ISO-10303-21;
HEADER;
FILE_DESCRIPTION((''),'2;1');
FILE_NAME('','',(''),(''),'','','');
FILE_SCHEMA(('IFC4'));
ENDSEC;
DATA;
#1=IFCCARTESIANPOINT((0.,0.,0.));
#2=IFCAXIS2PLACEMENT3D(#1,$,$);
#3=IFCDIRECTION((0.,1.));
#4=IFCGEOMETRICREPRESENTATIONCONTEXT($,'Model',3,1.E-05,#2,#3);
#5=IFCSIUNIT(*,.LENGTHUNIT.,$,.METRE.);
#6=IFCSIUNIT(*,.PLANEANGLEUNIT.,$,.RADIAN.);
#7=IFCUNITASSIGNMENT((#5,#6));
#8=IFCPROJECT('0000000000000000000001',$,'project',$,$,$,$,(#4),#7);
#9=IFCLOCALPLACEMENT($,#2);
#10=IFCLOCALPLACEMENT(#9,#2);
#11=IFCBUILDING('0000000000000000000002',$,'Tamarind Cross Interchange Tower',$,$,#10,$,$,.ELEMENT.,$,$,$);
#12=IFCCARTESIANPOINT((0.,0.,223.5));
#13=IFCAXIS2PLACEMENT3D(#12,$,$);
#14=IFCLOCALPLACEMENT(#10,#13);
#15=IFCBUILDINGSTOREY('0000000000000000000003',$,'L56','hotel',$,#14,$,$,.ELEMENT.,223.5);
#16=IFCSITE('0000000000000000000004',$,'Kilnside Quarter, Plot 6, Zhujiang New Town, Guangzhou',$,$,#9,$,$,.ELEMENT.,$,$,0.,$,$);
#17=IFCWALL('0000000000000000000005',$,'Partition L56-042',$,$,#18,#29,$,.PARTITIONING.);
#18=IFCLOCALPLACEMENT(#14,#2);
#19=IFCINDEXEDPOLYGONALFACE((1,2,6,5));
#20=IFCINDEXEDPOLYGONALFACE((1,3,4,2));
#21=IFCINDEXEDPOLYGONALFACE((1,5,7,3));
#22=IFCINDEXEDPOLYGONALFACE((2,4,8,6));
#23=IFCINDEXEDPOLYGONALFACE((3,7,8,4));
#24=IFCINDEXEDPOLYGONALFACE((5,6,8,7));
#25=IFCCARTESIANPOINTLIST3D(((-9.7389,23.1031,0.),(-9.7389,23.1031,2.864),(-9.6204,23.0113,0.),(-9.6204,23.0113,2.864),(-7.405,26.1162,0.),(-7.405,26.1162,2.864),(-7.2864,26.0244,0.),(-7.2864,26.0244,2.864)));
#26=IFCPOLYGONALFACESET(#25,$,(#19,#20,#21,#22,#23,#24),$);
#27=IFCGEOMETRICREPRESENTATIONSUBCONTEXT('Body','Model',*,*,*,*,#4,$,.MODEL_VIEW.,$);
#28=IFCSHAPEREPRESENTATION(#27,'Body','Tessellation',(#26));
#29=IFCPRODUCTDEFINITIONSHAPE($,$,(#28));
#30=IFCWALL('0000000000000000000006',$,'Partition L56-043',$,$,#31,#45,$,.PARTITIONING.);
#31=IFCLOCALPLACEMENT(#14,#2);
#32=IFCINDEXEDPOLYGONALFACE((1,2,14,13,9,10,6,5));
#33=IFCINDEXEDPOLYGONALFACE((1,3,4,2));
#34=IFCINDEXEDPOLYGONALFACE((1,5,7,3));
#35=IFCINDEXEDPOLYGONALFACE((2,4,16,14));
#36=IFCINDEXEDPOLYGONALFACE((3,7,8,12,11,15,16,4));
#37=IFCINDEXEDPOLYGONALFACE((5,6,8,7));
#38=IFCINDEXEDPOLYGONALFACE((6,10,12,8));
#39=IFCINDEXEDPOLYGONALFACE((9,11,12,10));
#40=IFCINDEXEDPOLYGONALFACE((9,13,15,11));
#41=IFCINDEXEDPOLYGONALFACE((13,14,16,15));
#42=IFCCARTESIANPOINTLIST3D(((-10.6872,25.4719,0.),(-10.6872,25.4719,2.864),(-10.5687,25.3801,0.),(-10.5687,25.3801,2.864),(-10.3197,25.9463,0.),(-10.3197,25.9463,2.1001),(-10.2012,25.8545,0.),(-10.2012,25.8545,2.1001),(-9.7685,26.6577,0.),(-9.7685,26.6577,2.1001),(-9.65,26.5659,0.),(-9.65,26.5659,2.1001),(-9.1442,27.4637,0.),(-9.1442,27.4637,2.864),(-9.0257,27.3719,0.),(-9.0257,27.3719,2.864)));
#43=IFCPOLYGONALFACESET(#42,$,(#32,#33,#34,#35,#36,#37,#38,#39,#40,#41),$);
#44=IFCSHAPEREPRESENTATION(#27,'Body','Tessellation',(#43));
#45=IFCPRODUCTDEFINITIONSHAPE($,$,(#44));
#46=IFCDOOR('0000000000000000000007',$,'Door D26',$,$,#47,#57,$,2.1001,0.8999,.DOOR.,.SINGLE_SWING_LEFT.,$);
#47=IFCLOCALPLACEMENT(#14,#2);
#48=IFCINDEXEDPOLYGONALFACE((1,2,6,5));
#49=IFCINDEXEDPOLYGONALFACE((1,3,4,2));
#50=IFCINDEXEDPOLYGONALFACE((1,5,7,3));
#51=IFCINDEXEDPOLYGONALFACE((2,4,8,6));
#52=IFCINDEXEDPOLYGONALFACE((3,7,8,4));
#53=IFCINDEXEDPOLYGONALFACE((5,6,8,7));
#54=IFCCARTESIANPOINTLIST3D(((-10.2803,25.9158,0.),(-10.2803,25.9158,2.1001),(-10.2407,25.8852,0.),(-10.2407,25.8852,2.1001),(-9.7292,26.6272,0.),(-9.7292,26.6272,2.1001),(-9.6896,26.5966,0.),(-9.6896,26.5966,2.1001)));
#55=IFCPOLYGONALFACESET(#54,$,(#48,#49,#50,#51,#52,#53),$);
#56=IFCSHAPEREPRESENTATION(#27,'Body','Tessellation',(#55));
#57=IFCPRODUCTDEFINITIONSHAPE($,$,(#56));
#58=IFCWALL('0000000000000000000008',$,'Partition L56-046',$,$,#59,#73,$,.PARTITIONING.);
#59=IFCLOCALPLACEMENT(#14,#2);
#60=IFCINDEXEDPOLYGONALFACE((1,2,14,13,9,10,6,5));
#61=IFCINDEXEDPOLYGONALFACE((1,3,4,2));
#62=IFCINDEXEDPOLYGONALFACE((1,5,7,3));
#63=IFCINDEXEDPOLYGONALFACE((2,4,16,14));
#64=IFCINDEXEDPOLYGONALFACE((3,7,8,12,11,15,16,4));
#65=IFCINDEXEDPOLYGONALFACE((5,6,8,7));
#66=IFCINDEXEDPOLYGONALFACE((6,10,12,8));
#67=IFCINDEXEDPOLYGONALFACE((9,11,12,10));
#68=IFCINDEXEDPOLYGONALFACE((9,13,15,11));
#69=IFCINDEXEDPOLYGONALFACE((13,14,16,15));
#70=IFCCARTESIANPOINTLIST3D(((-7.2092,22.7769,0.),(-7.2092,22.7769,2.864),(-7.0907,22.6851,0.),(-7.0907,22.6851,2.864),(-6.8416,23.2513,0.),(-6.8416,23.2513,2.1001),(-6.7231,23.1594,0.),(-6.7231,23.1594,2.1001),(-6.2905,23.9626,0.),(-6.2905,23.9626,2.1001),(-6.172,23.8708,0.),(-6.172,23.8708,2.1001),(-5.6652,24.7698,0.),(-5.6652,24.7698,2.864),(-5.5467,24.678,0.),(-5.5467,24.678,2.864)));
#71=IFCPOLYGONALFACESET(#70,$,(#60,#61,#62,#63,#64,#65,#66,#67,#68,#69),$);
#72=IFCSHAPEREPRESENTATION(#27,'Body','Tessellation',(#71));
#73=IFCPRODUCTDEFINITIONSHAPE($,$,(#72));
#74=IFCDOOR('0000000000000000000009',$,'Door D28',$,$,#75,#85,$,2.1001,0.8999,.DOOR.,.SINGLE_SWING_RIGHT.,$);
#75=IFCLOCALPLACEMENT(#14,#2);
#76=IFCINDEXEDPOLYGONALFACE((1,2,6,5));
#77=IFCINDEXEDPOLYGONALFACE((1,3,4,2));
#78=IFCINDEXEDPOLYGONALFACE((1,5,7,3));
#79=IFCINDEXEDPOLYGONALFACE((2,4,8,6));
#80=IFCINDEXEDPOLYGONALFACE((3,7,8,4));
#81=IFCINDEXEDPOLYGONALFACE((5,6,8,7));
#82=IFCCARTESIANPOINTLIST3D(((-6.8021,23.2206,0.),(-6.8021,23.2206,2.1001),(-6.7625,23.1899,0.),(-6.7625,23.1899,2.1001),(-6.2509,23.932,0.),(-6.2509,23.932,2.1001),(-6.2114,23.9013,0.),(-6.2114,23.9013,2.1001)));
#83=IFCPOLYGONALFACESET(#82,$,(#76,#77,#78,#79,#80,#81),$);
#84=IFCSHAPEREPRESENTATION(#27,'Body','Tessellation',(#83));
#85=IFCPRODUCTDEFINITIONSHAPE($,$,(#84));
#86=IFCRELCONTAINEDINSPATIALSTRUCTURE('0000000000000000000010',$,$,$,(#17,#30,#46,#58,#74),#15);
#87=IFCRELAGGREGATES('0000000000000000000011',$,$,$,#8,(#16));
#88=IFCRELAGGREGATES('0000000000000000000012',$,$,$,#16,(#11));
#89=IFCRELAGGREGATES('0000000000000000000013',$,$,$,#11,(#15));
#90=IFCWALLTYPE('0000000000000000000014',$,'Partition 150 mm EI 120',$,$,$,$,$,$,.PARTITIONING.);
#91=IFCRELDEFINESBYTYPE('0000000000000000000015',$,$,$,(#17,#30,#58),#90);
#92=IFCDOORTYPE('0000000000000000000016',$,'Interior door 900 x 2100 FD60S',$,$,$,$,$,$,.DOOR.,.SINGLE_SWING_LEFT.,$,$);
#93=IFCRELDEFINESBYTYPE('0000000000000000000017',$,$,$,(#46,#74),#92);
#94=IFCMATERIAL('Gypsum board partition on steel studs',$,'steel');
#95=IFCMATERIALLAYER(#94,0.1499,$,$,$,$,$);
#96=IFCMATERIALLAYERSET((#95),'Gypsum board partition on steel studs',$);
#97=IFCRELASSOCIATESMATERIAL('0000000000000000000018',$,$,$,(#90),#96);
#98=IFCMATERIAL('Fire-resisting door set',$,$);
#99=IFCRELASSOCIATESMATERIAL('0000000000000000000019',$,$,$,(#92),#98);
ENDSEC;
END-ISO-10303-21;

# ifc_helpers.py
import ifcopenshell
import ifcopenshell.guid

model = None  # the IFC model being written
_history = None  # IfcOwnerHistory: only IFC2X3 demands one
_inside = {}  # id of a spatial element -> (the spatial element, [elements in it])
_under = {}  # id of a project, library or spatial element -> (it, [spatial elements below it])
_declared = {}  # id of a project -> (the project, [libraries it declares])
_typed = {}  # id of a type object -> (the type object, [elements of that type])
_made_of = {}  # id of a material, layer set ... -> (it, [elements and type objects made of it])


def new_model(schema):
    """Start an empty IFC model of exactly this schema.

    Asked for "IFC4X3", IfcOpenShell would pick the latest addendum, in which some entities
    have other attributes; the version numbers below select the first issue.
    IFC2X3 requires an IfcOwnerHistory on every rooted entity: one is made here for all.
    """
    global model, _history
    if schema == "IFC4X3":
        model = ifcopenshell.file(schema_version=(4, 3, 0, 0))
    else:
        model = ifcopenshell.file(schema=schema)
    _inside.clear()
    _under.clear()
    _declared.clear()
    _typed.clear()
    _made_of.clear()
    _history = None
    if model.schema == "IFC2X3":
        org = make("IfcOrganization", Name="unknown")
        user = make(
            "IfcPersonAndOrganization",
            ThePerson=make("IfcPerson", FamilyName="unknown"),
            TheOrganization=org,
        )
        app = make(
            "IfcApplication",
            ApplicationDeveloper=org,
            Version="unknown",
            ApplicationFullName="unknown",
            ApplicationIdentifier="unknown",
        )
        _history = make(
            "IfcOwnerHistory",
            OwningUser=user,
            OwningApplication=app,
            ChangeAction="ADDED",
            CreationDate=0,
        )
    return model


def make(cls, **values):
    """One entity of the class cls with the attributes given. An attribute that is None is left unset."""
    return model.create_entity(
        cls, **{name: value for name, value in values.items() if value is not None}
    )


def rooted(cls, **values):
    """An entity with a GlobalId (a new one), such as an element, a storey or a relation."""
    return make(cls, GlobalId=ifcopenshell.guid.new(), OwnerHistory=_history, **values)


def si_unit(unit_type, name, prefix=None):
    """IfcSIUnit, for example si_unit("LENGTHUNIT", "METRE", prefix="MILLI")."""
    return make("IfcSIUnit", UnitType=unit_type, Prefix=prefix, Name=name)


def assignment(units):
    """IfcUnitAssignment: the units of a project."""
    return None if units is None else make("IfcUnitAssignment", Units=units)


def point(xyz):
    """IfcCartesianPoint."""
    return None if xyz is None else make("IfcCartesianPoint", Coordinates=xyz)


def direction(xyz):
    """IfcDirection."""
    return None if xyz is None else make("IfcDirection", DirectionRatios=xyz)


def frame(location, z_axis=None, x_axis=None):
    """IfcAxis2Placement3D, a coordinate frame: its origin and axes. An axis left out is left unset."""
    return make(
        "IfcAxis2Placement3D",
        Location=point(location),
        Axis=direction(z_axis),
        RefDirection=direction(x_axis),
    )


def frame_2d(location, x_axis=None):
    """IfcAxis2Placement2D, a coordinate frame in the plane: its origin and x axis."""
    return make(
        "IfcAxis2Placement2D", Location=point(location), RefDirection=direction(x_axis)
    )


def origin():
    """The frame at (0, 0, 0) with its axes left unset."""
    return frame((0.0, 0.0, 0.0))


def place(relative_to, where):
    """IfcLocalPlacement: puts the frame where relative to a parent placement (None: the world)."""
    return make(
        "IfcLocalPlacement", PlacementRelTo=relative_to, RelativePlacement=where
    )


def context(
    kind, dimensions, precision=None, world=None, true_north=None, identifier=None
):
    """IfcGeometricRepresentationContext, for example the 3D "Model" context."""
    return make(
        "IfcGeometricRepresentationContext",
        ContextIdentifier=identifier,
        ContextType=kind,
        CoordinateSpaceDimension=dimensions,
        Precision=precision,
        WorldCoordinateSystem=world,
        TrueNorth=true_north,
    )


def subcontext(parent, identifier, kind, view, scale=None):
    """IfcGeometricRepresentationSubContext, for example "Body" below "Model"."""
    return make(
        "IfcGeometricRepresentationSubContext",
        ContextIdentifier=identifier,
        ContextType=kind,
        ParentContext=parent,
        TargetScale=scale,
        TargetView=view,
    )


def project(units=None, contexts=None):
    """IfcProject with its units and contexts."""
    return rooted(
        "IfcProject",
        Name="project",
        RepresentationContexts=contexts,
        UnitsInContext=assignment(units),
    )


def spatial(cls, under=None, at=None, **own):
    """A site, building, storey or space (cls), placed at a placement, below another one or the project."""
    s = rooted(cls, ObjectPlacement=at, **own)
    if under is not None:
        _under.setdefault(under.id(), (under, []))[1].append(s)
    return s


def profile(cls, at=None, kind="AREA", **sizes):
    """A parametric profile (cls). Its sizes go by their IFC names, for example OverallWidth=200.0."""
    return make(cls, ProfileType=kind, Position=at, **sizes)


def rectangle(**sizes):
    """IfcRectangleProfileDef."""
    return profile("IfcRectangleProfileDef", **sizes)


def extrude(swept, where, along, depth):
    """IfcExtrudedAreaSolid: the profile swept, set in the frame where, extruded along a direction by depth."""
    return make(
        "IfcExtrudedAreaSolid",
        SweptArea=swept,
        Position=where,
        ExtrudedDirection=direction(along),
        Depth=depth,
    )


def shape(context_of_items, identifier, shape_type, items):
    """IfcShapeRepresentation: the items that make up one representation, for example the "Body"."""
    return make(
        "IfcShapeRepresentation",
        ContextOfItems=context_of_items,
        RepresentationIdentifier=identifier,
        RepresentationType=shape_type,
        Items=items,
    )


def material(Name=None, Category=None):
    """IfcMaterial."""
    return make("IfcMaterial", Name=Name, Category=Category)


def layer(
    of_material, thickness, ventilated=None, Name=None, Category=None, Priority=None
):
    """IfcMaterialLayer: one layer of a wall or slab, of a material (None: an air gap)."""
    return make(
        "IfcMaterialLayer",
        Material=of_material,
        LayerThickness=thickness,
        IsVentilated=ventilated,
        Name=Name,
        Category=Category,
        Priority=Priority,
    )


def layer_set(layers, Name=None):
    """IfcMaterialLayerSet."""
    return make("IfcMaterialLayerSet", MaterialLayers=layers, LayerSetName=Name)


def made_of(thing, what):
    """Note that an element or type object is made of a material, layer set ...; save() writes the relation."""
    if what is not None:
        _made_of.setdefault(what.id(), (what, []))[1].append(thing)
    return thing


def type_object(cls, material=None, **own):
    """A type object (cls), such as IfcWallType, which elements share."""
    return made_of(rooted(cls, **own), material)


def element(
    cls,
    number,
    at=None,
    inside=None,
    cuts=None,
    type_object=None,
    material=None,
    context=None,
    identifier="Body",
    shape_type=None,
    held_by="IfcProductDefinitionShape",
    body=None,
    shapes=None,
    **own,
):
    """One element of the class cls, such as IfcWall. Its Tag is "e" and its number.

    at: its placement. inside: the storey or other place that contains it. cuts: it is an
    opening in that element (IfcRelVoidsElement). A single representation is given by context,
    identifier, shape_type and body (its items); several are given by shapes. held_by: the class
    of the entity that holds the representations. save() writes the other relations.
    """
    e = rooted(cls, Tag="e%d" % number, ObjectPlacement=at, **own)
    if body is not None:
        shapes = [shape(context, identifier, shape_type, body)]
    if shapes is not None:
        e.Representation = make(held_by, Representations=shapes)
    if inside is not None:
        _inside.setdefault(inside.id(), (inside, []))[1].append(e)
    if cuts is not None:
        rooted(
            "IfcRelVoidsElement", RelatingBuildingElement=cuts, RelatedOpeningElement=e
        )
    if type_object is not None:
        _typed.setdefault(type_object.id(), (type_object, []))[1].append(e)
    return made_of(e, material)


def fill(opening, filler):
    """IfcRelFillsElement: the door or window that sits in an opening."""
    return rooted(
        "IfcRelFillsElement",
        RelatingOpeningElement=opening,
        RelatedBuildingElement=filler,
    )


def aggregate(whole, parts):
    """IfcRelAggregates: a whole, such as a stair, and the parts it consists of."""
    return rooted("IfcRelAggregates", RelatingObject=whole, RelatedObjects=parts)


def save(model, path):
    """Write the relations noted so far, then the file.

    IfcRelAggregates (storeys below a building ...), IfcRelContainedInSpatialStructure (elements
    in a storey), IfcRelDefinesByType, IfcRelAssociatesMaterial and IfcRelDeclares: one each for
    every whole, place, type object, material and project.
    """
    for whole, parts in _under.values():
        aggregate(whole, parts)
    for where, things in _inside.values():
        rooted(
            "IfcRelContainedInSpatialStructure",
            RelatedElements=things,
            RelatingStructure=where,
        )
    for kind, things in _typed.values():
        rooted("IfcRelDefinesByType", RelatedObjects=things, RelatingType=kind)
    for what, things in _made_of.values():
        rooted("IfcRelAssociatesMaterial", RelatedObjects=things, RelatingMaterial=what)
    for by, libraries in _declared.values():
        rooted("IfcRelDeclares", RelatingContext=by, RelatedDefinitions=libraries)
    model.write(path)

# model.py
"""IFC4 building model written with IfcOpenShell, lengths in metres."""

from ifc_helpers import new_model, si_unit, direction, frame, frame_2d, origin, place, context, subcontext, project, spatial, rectangle, extrude, material, layer, layer_set, type_object, element, fill, save


model = new_model("IFC4")

# Units and contexts
model_context = context("Model", 3, precision=1e-05, world=origin(), true_north=direction((0.0, 1.0)))
body_context = subcontext(model_context, "Body", "Model", "MODEL_VIEW")
ifc_project = project(units=[si_unit("LENGTHUNIT", "METRE"), si_unit("PLANEANGLEUNIT", "RADIAN")], contexts=[model_context])

# Site, building, storey
site_placement = place(None, origin())
site = spatial("IfcSite", under=ifc_project, at=site_placement, Name="Kilnside Quarter, Plot 6, Zhujiang New Town, Guangzhou", CompositionType="ELEMENT", RefElevation=0.0)
building_placement = place(site_placement, origin())
building = spatial("IfcBuilding", under=site, at=building_placement, Name="Tamarind Cross Interchange Tower", CompositionType="ELEMENT")
storey_placement = place(building_placement, frame((0.0, 0.0, 223.5)))
storey = spatial("IfcBuildingStorey", under=building, at=storey_placement, Name="L56", Description="hotel", CompositionType="ELEMENT", Elevation=223.5)

# Shared definitions
ifc_material_1 = material(Name="Gypsum board partition on steel studs", Category="steel")
ifc_layer_1 = layer(ifc_material_1, 0.1499)
ifc_layer_set_1 = layer_set([ifc_layer_1], Name="Gypsum board partition on steel studs")
wall_type = type_object("IfcWallType", Name="Partition 150 mm EI 120", PredefinedType="PARTITIONING", material=ifc_layer_set_1)
ifc_material_2 = material(Name="Fire-resisting door set")
door_type_1 = type_object("IfcDoorType", Name="Interior door 900 x 2100 FD60S", OperationType="SINGLE_SWING_LEFT", PredefinedType="DOOR", material=ifc_material_2)

# Wall
wall_1_placement = place(storey_placement, frame((-9.6797, 23.0571, 0.0), z_axis=(0.0, 0.0, 1.0), x_axis=(0.61237, 0.790572, 0.0)))
element("IfcWall", 1, at=wall_1_placement, inside=storey, type_object=wall_type, Name="Partition L56-042", PredefinedType="PARTITIONING", context=body_context, shape_type="SweptSolid", body=[
    extrude(rectangle(XDim=3.8113, YDim=0.1499, at=frame_2d((1.9058, 0.0))), origin(), (0.0, 0.0, 1.0), 2.864),
])

# Walls, openings, doors
wall_2_placement = place(storey_placement, frame((-10.6279, 25.426, 0.0), z_axis=(0.0, 0.0, 1.0), x_axis=(0.612423, 0.79053, 0.0)))
wall_2 = element("IfcWall", 2, at=wall_2_placement, inside=storey, type_object=wall_type, Name="Partition L56-043", PredefinedType="PARTITIONING", context=body_context, shape_type="SweptSolid", body=[
    extrude(rectangle(XDim=2.5195, YDim=0.1499, at=frame_2d((1.2598, 0.0))), origin(), (0.0, 0.0, 1.0), 2.864),
])
opening_1_placement = place(wall_2_placement, frame((0.6001, 0.0, 0.0)))
opening_1 = element("IfcOpeningElement", 3, at=opening_1_placement, cuts=wall_2, PredefinedType="OPENING", context=body_context, shape_type="SweptSolid", body=[
    extrude(rectangle(XDim=0.8999, YDim=2.1001, at=frame_2d((0.45, 1.05))), frame((0.0, 0.085, 0.0), z_axis=(0.0, -1.0, 0.0), x_axis=(1.0, 0.0, 0.0)), (0.0, 0.0, 1.0), 0.1699),
])
door_1_placement = place(opening_1_placement, frame((0.8999, 0.0, 0.0), z_axis=(0.0, 0.0, 1.0), x_axis=(-1.0, 0.0, 0.0)))
door_1 = element("IfcDoor", 4, at=door_1_placement, inside=storey, type_object=door_type_1, Name="Door D26", OperationType="SINGLE_SWING_LEFT", OverallHeight=2.1001, OverallWidth=0.8999, PredefinedType="DOOR", context=body_context, shape_type="SweptSolid", body=[
    extrude(rectangle(XDim=0.8999, YDim=2.1001, at=frame_2d((0.45, 1.05))), frame((0.0, 0.0249, 0.0), z_axis=(0.0, -1.0, 0.0), x_axis=(1.0, 0.0, 0.0)), (0.0, 0.0, 1.0), 0.05),
])
fill(opening_1, door_1)
wall_3_placement = place(storey_placement, frame((-7.1499, 22.731, 0.0), z_axis=(0.0, 0.0, 1.0), x_axis=(0.612431, 0.790524, 0.0)))
wall_3 = element("IfcWall", 5, at=wall_3_placement, inside=storey, type_object=wall_type, Name="Partition L56-046", PredefinedType="PARTITIONING", context=body_context, shape_type="SweptSolid", body=[
    extrude(rectangle(XDim=2.521, YDim=0.1499, at=frame_2d((1.2605, 0.0))), origin(), (0.0, 0.0, 1.0), 2.864),
])
opening_2_placement = place(wall_3_placement, frame((0.6001, 0.0, 0.0)))
opening_2 = element("IfcOpeningElement", 6, at=opening_2_placement, cuts=wall_3, PredefinedType="OPENING", context=body_context, shape_type="SweptSolid", body=[
    extrude(rectangle(XDim=0.8999, YDim=2.1001, at=frame_2d((0.45, 1.05))), frame((0.0, 0.085, 0.0), z_axis=(0.0, -1.0, 0.0), x_axis=(1.0, 0.0, 0.0)), (0.0, 0.0, 1.0), 0.1699),
])
door_2_placement = place(opening_2_placement, origin())
door_2 = element("IfcDoor", 7, at=door_2_placement, inside=storey, type_object=door_type_1, Name="Door D28", OperationType="SINGLE_SWING_RIGHT", OverallHeight=2.1001, OverallWidth=0.8999, PredefinedType="DOOR", context=body_context, shape_type="SweptSolid", body=[
    extrude(rectangle(XDim=0.8999, YDim=2.1001, at=frame_2d((0.45, 1.05))), frame((0.0, 0.0249, 0.0), z_axis=(0.0, -1.0, 0.0), x_axis=(1.0, 0.0, 0.0)), (0.0, 0.0, 1.0), 0.05),
])
fill(opening_2, door_2)

save(model, "model.ifc")
